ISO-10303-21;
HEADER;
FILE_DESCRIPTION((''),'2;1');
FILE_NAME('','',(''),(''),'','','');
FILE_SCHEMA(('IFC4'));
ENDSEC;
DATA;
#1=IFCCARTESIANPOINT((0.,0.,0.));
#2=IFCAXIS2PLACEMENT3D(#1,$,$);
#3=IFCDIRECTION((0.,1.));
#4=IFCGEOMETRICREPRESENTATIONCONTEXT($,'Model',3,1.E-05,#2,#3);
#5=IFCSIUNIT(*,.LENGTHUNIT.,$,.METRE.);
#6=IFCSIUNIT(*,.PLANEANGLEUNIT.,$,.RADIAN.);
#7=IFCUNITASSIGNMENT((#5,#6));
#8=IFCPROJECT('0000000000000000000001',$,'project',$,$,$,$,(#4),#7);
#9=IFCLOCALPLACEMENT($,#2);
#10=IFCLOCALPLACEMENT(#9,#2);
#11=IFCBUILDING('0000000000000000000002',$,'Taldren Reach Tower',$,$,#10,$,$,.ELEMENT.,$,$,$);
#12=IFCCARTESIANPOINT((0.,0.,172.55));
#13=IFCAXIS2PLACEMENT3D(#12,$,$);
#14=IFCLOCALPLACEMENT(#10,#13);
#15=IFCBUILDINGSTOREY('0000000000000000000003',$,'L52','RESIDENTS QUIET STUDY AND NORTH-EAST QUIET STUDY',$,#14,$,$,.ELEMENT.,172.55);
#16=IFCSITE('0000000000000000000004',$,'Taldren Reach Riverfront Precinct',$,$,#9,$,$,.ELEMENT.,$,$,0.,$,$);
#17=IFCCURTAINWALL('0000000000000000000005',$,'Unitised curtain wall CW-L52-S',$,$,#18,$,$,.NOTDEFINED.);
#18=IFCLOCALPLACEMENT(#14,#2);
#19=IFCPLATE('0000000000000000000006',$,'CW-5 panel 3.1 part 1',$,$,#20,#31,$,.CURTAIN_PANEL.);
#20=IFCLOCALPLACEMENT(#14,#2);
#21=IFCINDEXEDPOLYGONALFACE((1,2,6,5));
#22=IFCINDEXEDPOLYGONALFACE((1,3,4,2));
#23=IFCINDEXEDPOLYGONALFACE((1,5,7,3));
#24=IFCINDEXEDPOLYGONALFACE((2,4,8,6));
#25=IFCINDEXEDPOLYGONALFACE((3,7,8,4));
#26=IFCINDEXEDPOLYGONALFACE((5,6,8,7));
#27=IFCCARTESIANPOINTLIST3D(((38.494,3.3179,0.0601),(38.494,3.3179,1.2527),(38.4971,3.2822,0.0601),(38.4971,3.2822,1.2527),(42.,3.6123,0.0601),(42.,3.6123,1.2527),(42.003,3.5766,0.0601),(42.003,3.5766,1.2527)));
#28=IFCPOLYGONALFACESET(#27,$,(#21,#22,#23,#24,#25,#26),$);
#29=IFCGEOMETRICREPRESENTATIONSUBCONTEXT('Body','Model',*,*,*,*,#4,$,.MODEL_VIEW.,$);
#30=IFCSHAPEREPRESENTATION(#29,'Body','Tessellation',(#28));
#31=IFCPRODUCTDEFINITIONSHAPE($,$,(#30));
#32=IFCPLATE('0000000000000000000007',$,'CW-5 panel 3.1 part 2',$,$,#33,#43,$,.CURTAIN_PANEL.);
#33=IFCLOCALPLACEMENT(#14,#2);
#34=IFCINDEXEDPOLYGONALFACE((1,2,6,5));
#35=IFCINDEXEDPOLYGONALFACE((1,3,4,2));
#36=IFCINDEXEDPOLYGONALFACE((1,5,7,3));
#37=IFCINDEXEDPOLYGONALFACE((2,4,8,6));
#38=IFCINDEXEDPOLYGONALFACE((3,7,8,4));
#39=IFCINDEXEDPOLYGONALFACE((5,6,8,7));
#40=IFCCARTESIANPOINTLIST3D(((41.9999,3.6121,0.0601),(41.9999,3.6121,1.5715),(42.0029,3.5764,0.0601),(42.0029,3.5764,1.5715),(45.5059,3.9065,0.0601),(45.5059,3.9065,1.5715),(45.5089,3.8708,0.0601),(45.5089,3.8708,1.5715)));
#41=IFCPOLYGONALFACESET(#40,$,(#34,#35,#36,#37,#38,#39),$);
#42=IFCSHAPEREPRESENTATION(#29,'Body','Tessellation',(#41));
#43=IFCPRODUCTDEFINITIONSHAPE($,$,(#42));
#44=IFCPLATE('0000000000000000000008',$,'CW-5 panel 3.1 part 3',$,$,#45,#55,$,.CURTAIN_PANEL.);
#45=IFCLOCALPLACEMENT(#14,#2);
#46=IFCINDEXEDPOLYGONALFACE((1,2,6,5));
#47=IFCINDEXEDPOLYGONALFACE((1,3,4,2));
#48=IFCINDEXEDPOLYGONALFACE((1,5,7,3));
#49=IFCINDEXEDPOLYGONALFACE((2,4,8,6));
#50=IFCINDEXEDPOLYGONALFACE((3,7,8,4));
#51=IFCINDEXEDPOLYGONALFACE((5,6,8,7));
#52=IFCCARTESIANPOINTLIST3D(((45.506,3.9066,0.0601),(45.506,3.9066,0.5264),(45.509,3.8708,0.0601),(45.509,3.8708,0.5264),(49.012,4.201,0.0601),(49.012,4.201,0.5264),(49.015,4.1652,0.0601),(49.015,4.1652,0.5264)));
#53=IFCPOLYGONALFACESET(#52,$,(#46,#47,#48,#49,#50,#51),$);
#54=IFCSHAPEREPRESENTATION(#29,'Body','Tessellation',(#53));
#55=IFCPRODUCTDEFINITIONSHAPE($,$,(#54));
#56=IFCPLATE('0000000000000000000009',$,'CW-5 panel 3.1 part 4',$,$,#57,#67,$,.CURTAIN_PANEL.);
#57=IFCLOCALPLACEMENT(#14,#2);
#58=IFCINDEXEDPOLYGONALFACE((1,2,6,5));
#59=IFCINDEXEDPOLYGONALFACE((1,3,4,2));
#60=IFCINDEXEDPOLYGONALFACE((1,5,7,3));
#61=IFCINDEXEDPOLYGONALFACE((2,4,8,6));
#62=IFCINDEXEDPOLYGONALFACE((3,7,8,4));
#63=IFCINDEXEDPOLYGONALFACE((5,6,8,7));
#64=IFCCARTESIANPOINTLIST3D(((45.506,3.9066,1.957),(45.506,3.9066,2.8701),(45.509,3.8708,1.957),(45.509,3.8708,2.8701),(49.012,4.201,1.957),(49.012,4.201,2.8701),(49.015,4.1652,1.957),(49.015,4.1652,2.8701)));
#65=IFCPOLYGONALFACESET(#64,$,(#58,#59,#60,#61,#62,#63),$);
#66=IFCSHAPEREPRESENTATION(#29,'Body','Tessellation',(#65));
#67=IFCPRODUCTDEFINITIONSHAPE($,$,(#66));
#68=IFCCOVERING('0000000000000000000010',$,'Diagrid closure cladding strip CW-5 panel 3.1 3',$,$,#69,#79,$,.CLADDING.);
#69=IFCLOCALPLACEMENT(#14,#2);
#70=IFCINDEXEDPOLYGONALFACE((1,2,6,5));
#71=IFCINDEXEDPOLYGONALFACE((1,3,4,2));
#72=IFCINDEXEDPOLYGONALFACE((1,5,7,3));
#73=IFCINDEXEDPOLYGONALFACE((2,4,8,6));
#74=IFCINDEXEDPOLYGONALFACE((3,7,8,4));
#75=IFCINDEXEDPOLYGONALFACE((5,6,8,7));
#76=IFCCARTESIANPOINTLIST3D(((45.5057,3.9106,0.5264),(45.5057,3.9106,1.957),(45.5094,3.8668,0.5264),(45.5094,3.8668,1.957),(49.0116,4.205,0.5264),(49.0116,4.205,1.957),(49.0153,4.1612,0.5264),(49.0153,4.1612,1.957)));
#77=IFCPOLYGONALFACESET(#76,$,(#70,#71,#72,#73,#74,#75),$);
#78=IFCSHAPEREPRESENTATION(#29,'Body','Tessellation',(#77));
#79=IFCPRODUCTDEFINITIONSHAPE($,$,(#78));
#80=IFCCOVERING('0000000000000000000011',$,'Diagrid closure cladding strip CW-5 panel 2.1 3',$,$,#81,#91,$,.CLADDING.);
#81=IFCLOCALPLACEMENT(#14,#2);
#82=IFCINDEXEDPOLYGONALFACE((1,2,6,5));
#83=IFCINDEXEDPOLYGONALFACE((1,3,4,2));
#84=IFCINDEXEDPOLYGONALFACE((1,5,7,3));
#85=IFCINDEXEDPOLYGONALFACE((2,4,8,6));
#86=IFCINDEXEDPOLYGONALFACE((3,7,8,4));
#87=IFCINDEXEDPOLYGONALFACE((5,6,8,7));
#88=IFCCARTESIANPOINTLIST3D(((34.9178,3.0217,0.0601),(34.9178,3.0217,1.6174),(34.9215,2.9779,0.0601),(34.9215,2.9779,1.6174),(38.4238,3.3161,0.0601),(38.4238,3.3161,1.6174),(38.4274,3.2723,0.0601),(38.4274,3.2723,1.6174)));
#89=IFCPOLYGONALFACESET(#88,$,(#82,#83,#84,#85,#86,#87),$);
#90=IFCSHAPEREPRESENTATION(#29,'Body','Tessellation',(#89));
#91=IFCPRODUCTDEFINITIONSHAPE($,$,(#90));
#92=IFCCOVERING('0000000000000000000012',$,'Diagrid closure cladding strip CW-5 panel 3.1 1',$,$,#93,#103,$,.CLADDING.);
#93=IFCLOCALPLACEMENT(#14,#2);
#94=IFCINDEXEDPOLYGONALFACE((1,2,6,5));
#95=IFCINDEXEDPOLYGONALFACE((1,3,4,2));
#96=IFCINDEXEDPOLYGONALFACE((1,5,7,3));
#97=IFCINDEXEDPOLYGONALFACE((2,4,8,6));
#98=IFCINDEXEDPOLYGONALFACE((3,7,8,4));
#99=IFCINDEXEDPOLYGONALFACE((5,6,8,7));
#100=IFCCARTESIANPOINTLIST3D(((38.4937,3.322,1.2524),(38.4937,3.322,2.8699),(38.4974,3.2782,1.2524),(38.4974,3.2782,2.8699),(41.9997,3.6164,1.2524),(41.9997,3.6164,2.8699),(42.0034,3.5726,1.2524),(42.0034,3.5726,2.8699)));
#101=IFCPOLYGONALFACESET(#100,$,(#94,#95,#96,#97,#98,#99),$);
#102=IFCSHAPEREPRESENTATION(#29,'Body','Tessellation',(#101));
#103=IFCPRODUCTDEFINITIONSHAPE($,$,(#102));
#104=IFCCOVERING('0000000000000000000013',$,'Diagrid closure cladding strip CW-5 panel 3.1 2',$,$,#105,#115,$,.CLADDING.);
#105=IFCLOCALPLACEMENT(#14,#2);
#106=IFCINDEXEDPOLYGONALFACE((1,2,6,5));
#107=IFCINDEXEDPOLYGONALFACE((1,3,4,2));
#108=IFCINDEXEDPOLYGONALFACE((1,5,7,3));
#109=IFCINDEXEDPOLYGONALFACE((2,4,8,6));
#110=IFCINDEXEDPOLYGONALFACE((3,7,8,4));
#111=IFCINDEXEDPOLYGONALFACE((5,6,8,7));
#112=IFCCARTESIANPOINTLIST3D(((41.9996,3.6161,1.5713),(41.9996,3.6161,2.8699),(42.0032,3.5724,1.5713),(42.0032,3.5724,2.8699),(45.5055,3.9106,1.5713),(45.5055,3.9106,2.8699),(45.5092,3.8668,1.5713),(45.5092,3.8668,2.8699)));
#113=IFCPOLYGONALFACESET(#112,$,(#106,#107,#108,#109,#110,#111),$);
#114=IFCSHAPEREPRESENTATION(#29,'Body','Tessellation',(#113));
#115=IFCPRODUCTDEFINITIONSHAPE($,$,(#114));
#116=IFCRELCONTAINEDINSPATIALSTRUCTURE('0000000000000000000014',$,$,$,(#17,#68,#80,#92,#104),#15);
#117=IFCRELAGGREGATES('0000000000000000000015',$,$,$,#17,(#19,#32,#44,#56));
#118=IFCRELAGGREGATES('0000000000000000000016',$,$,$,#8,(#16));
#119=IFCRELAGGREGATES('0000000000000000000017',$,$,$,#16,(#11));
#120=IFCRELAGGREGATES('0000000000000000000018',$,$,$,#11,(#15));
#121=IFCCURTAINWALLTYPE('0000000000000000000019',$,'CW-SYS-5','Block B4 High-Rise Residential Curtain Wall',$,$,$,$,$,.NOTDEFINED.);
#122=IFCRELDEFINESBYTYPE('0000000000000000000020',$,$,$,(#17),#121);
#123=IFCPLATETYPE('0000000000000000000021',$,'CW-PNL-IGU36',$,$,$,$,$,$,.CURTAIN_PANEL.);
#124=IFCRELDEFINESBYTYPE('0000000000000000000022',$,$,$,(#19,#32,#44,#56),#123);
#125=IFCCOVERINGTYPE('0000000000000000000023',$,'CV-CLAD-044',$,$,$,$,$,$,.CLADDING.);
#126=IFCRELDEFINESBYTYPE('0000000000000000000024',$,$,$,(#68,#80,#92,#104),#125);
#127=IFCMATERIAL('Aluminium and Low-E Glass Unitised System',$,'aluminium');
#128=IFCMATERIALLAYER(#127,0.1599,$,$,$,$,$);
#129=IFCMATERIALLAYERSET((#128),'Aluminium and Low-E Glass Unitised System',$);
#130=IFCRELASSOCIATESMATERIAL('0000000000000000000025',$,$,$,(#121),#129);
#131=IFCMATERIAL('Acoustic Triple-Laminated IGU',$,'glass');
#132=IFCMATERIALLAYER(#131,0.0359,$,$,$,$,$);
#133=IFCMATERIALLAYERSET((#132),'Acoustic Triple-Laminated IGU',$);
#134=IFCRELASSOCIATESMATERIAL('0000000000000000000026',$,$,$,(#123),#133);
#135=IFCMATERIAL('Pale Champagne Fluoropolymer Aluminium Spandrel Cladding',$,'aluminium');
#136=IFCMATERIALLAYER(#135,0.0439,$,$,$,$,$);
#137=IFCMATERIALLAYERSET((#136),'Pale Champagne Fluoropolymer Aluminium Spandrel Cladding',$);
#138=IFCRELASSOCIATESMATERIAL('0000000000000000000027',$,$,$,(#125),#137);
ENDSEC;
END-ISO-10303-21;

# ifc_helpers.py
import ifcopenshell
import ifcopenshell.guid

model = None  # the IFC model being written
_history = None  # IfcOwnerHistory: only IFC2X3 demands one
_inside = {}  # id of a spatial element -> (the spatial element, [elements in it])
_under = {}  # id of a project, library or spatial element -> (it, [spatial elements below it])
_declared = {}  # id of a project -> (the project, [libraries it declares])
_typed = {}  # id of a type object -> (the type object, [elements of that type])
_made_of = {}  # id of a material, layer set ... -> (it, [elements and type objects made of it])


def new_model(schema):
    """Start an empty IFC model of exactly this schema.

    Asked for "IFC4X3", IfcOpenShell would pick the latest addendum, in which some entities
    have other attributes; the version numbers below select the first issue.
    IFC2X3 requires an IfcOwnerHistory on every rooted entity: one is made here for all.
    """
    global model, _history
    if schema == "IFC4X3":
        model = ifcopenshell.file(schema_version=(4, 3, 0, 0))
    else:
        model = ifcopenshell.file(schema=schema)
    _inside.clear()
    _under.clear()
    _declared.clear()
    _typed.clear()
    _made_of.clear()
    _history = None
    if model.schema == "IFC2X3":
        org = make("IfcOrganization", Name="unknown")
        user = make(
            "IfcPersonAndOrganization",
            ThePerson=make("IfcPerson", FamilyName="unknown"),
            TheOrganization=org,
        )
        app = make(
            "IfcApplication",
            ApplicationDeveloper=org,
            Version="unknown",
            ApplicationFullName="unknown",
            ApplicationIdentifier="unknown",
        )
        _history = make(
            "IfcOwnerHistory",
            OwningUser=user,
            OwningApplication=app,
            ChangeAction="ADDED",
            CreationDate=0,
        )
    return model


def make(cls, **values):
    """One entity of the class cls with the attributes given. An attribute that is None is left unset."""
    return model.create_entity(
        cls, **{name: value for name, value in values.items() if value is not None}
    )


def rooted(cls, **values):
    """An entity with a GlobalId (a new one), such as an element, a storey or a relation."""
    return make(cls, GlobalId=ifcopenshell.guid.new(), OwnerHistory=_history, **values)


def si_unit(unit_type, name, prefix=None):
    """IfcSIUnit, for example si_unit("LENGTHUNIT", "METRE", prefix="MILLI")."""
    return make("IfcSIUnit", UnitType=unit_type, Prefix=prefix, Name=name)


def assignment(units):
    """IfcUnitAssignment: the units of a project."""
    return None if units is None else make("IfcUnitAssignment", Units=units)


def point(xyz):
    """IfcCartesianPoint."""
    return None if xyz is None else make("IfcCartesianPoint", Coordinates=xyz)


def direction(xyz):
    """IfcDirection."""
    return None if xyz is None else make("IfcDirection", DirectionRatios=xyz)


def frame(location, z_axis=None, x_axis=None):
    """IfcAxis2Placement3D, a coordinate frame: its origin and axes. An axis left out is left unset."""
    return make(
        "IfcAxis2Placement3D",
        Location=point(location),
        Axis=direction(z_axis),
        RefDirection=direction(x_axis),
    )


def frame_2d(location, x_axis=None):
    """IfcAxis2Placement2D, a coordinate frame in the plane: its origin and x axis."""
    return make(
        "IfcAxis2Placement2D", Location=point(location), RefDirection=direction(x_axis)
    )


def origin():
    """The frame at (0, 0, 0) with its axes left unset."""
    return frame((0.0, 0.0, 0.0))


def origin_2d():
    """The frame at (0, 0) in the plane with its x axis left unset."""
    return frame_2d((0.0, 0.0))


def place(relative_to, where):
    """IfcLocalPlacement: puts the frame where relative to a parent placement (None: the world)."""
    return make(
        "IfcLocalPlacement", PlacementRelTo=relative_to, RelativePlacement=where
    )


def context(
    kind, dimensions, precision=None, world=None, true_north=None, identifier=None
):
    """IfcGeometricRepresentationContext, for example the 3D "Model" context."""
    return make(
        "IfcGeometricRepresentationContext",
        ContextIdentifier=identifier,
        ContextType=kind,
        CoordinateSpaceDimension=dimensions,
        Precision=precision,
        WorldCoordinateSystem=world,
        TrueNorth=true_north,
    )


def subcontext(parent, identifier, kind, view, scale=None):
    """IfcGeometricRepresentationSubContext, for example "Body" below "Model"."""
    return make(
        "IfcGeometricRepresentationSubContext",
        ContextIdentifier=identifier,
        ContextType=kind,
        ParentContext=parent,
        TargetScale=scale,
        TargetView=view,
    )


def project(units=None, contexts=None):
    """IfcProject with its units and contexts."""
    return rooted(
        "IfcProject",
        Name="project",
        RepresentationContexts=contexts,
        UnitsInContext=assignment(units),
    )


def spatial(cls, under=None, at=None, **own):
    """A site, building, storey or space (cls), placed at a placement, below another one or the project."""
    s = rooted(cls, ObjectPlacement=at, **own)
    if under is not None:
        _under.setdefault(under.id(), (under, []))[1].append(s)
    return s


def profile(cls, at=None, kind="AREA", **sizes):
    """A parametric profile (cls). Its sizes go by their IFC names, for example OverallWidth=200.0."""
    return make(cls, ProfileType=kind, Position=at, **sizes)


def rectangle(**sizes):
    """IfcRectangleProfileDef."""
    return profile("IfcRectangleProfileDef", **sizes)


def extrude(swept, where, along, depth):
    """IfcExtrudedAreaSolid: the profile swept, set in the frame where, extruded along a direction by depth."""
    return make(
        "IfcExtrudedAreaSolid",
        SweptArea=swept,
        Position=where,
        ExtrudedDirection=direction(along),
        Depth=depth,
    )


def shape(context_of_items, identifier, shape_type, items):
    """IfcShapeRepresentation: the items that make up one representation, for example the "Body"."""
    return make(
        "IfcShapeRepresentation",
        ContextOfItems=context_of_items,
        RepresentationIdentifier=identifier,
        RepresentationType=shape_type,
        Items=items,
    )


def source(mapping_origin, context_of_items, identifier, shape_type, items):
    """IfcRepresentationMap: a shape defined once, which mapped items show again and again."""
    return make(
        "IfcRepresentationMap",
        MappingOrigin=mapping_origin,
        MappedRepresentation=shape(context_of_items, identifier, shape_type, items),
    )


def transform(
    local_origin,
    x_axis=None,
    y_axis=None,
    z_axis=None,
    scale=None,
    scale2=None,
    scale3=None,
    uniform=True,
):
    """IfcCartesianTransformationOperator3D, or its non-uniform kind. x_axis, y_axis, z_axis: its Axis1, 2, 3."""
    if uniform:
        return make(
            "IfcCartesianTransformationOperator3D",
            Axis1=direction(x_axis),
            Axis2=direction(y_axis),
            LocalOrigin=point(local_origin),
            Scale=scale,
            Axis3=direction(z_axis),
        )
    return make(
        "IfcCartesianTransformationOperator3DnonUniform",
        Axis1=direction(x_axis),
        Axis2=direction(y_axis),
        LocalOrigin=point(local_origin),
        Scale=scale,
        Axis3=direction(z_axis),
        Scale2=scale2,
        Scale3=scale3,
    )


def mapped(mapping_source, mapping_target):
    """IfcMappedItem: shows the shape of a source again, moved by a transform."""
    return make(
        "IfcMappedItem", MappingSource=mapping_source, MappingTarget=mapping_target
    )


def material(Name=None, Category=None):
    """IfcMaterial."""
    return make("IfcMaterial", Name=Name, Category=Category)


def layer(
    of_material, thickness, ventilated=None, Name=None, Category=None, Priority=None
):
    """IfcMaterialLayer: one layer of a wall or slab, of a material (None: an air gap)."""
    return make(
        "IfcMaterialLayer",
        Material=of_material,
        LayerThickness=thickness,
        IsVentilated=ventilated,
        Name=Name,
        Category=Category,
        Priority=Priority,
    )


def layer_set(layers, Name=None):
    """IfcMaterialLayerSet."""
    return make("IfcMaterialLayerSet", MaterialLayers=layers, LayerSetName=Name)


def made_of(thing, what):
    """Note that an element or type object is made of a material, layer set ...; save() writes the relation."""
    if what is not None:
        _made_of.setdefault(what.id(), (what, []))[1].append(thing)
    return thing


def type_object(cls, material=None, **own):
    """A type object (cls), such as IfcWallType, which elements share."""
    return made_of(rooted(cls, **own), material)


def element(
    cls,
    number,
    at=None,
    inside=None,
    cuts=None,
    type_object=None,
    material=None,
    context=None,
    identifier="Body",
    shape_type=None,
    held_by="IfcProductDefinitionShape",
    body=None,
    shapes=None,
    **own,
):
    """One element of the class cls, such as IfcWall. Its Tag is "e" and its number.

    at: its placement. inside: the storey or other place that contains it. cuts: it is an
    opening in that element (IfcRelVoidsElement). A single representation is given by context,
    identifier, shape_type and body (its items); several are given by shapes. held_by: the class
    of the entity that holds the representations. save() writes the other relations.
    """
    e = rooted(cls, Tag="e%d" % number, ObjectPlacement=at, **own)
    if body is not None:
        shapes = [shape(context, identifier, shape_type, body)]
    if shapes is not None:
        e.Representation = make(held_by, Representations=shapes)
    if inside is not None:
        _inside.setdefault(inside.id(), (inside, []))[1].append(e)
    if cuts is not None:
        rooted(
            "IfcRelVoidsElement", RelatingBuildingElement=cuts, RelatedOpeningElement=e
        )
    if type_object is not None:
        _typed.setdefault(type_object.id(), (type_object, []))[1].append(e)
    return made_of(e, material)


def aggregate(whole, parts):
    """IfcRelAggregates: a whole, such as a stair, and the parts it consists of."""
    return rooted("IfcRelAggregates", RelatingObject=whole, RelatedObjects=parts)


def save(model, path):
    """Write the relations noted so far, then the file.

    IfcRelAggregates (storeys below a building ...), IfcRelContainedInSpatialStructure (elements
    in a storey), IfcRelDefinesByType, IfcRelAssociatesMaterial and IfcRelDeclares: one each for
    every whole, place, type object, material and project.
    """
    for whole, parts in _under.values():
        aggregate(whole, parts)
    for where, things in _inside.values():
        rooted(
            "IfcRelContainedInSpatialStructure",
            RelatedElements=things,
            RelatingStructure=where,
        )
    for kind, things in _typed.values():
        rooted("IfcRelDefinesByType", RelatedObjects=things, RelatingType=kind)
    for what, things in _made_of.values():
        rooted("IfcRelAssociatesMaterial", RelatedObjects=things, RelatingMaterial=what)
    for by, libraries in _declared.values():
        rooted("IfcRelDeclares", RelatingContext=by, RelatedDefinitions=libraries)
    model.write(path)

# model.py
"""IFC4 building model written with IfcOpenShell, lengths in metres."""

from ifc_helpers import new_model, si_unit, direction, frame, origin, origin_2d, place, context, subcontext, project, spatial, rectangle, extrude, source, transform, mapped, material, layer, layer_set, type_object, element, aggregate, save


model = new_model("IFC4")

# Units and contexts
model_context = context("Model", 3, precision=1e-05, world=origin(), true_north=direction((0.0, 1.0)))
body_context = subcontext(model_context, "Body", "Model", "MODEL_VIEW")
ifc_project = project(units=[si_unit("LENGTHUNIT", "METRE"), si_unit("PLANEANGLEUNIT", "RADIAN")], contexts=[model_context])

# Site, building, storey
site_placement = place(None, origin())
site = spatial("IfcSite", under=ifc_project, at=site_placement, Name="Taldren Reach Riverfront Precinct", CompositionType="ELEMENT", RefElevation=0.0)
building_placement = place(site_placement, origin())
building = spatial("IfcBuilding", under=site, at=building_placement, Name="Taldren Reach Tower", CompositionType="ELEMENT")
storey_placement = place(building_placement, frame((0.0, 0.0, 172.55)))
storey = spatial("IfcBuildingStorey", under=building, at=storey_placement, Name="L52", Description="RESIDENTS QUIET STUDY AND NORTH-EAST QUIET STUDY", CompositionType="ELEMENT", Elevation=172.55)

# Curtain wall
ifc_material_1 = material(Name="Aluminium and Low-E Glass Unitised System", Category="aluminium")
ifc_layer_1 = layer(ifc_material_1, 0.1599)
ifc_layer_set_1 = layer_set([ifc_layer_1], Name="Aluminium and Low-E Glass Unitised System")
curtain_wall_type = type_object("IfcCurtainWallType", Name="CW-SYS-5", Description="Block B4 High-Rise Residential Curtain Wall", PredefinedType="NOTDEFINED", material=ifc_layer_set_1)
curtain_wall_placement = place(storey_placement, origin())
curtain_wall = element("IfcCurtainWall", 1, at=curtain_wall_placement, inside=storey, type_object=curtain_wall_type, Name="Unitised curtain wall CW-L52-S", PredefinedType="NOTDEFINED")

# Plates
ifc_material_2 = material(Name="Acoustic Triple-Laminated IGU", Category="glass")
ifc_layer_2 = layer(ifc_material_2, 0.0359)
ifc_layer_set_2 = layer_set([ifc_layer_2], Name="Acoustic Triple-Laminated IGU")
plate_type_1 = type_object("IfcPlateType", Name="CW-PNL-IGU36", PredefinedType="CURTAIN_PANEL", material=ifc_layer_set_2)
shared_shape_1 = source(origin(), body_context, "Body", "SweptSolid", [
    extrude(rectangle(XDim=3.5183, YDim=0.0359, at=origin_2d()), origin(), (0.0, 0.0, 1.0), 1.1926),
])
plate_1_placement = place(storey_placement, frame((40.2485, 3.4473, 0.0601), z_axis=(0.0, 0.0, 1.0), x_axis=(0.996493, 0.083678, 0.0)))
plate_1 = element("IfcPlate", 2, at=plate_1_placement, type_object=plate_type_1, Name="CW-5 panel 3.1 part 1", PredefinedType="CURTAIN_PANEL", context=body_context, shape_type="MappedRepresentation", body=[
    mapped(shared_shape_1, transform((0.0, 0.0, 0.0), scale=1.0)),
])
shared_shape_2 = source(origin(), body_context, "Body", "SweptSolid", [
    extrude(rectangle(XDim=3.5183, YDim=0.0359, at=origin_2d()), origin(), (0.0, 0.0, 1.0), 1.5115),
])
plate_2_placement = place(storey_placement, frame((43.7544, 3.7415, 0.0601), z_axis=(0.0, 0.0, 1.0), x_axis=(0.996493, 0.083678, 0.0)))
plate_2 = element("IfcPlate", 3, at=plate_2_placement, type_object=plate_type_1, Name="CW-5 panel 3.1 part 2", PredefinedType="CURTAIN_PANEL", context=body_context, shape_type="MappedRepresentation", body=[
    mapped(shared_shape_2, transform((0.0, 0.0, 0.0), scale=1.0)),
])
shared_shape_3 = source(origin(), body_context, "Body", "SweptSolid", [
    extrude(rectangle(XDim=3.5183, YDim=0.0359, at=origin_2d()), origin(), (0.0, 0.0, 1.0), 0.4663),
])
plate_3_placement = place(storey_placement, frame((47.2605, 4.0359, 0.0601), z_axis=(0.0, 0.0, 1.0), x_axis=(0.996493, 0.083678, 0.0)))
plate_3 = element("IfcPlate", 4, at=plate_3_placement, type_object=plate_type_1, Name="CW-5 panel 3.1 part 3", PredefinedType="CURTAIN_PANEL", context=body_context, shape_type="MappedRepresentation", body=[
    mapped(shared_shape_3, transform((0.0, 0.0, 0.0), scale=1.0)),
])
shared_shape_4 = source(origin(), body_context, "Body", "SweptSolid", [
    extrude(rectangle(XDim=3.5183, YDim=0.0359, at=origin_2d()), origin(), (0.0, 0.0, 1.0), 0.9131),
])
plate_4_placement = place(storey_placement, frame((47.2605, 4.0359, 1.957), z_axis=(0.0, 0.0, 1.0), x_axis=(0.996493, 0.083678, 0.0)))
plate_4 = element("IfcPlate", 5, at=plate_4_placement, type_object=plate_type_1, Name="CW-5 panel 3.1 part 4", PredefinedType="CURTAIN_PANEL", context=body_context, shape_type="MappedRepresentation", body=[
    mapped(shared_shape_4, transform((0.0, 0.0, 0.0), scale=1.0)),
])
aggregate(curtain_wall, [plate_1, plate_2, plate_3, plate_4])

# Coverings
ifc_material_3 = material(Name="Pale Champagne Fluoropolymer Aluminium Spandrel Cladding", Category="aluminium")
ifc_layer_3 = layer(ifc_material_3, 0.0439)
ifc_layer_set_3 = layer_set([ifc_layer_3], Name="Pale Champagne Fluoropolymer Aluminium Spandrel Cladding")
covering_type = type_object("IfcCoveringType", Name="CV-CLAD-044", PredefinedType="CLADDING", material=ifc_layer_set_3)
shared_shape_5 = source(origin(), body_context, "Body", "SweptSolid", [
    extrude(rectangle(XDim=3.5183, YDim=0.0439, at=origin_2d()), origin(), (0.0, 0.0, 1.0), 1.4307),
])
covering_1_placement = place(storey_placement, frame((47.2605, 4.0359, 0.5264), z_axis=(0.0, 0.0, 1.0), x_axis=(0.996493, 0.083678, 0.0)))
element("IfcCovering", 6, at=covering_1_placement, inside=storey, type_object=covering_type, Name="Diagrid closure cladding strip CW-5 panel 3.1 3", PredefinedType="CLADDING", context=body_context, shape_type="MappedRepresentation", body=[
    mapped(shared_shape_5, transform((0.0, 0.0, 0.0), scale=1.0)),
])
shared_shape_6 = source(origin(), body_context, "Body", "SweptSolid", [
    extrude(rectangle(XDim=3.5183, YDim=0.0439, at=origin_2d()), origin(), (0.0, 0.0, 1.0), 1.5574),
])
covering_2_placement = place(storey_placement, frame((36.6726, 3.147, 0.0601), z_axis=(0.0, 0.0, 1.0), x_axis=(0.996493, 0.083678, 0.0)))
element("IfcCovering", 7, at=covering_2_placement, inside=storey, type_object=covering_type, Name="Diagrid closure cladding strip CW-5 panel 2.1 3", PredefinedType="CLADDING", context=body_context, shape_type="MappedRepresentation", body=[
    mapped(shared_shape_6, transform((0.0, 0.0, 0.0), scale=1.0)),
])
shared_shape_7 = source(origin(), body_context, "Body", "SweptSolid", [
    extrude(rectangle(XDim=3.5183, YDim=0.0439, at=origin_2d()), origin(), (0.0, 0.0, 1.0), 1.6174),
])
covering_3_placement = place(storey_placement, frame((40.2485, 3.4473, 1.2524), z_axis=(0.0, 0.0, 1.0), x_axis=(0.996493, 0.083678, 0.0)))
element("IfcCovering", 8, at=covering_3_placement, inside=storey, type_object=covering_type, Name="Diagrid closure cladding strip CW-5 panel 3.1 1", PredefinedType="CLADDING", context=body_context, shape_type="MappedRepresentation", body=[
    mapped(shared_shape_7, transform((0.0, 0.0, 0.0), scale=1.0)),
])
shared_shape_8 = source(origin(), body_context, "Body", "SweptSolid", [
    extrude(rectangle(XDim=3.5183, YDim=0.0439, at=origin_2d()), origin(), (0.0, 0.0, 1.0), 1.2986),
])
covering_4_placement = place(storey_placement, frame((43.7544, 3.7415, 1.5713), z_axis=(0.0, 0.0, 1.0), x_axis=(0.996493, 0.083678, 0.0)))
element("IfcCovering", 9, at=covering_4_placement, inside=storey, type_object=covering_type, Name="Diagrid closure cladding strip CW-5 panel 3.1 2", PredefinedType="CLADDING", context=body_context, shape_type="MappedRepresentation", body=[
    mapped(shared_shape_8, transform((0.0, 0.0, 0.0), scale=1.0)),
])

save(model, "model.ifc")
